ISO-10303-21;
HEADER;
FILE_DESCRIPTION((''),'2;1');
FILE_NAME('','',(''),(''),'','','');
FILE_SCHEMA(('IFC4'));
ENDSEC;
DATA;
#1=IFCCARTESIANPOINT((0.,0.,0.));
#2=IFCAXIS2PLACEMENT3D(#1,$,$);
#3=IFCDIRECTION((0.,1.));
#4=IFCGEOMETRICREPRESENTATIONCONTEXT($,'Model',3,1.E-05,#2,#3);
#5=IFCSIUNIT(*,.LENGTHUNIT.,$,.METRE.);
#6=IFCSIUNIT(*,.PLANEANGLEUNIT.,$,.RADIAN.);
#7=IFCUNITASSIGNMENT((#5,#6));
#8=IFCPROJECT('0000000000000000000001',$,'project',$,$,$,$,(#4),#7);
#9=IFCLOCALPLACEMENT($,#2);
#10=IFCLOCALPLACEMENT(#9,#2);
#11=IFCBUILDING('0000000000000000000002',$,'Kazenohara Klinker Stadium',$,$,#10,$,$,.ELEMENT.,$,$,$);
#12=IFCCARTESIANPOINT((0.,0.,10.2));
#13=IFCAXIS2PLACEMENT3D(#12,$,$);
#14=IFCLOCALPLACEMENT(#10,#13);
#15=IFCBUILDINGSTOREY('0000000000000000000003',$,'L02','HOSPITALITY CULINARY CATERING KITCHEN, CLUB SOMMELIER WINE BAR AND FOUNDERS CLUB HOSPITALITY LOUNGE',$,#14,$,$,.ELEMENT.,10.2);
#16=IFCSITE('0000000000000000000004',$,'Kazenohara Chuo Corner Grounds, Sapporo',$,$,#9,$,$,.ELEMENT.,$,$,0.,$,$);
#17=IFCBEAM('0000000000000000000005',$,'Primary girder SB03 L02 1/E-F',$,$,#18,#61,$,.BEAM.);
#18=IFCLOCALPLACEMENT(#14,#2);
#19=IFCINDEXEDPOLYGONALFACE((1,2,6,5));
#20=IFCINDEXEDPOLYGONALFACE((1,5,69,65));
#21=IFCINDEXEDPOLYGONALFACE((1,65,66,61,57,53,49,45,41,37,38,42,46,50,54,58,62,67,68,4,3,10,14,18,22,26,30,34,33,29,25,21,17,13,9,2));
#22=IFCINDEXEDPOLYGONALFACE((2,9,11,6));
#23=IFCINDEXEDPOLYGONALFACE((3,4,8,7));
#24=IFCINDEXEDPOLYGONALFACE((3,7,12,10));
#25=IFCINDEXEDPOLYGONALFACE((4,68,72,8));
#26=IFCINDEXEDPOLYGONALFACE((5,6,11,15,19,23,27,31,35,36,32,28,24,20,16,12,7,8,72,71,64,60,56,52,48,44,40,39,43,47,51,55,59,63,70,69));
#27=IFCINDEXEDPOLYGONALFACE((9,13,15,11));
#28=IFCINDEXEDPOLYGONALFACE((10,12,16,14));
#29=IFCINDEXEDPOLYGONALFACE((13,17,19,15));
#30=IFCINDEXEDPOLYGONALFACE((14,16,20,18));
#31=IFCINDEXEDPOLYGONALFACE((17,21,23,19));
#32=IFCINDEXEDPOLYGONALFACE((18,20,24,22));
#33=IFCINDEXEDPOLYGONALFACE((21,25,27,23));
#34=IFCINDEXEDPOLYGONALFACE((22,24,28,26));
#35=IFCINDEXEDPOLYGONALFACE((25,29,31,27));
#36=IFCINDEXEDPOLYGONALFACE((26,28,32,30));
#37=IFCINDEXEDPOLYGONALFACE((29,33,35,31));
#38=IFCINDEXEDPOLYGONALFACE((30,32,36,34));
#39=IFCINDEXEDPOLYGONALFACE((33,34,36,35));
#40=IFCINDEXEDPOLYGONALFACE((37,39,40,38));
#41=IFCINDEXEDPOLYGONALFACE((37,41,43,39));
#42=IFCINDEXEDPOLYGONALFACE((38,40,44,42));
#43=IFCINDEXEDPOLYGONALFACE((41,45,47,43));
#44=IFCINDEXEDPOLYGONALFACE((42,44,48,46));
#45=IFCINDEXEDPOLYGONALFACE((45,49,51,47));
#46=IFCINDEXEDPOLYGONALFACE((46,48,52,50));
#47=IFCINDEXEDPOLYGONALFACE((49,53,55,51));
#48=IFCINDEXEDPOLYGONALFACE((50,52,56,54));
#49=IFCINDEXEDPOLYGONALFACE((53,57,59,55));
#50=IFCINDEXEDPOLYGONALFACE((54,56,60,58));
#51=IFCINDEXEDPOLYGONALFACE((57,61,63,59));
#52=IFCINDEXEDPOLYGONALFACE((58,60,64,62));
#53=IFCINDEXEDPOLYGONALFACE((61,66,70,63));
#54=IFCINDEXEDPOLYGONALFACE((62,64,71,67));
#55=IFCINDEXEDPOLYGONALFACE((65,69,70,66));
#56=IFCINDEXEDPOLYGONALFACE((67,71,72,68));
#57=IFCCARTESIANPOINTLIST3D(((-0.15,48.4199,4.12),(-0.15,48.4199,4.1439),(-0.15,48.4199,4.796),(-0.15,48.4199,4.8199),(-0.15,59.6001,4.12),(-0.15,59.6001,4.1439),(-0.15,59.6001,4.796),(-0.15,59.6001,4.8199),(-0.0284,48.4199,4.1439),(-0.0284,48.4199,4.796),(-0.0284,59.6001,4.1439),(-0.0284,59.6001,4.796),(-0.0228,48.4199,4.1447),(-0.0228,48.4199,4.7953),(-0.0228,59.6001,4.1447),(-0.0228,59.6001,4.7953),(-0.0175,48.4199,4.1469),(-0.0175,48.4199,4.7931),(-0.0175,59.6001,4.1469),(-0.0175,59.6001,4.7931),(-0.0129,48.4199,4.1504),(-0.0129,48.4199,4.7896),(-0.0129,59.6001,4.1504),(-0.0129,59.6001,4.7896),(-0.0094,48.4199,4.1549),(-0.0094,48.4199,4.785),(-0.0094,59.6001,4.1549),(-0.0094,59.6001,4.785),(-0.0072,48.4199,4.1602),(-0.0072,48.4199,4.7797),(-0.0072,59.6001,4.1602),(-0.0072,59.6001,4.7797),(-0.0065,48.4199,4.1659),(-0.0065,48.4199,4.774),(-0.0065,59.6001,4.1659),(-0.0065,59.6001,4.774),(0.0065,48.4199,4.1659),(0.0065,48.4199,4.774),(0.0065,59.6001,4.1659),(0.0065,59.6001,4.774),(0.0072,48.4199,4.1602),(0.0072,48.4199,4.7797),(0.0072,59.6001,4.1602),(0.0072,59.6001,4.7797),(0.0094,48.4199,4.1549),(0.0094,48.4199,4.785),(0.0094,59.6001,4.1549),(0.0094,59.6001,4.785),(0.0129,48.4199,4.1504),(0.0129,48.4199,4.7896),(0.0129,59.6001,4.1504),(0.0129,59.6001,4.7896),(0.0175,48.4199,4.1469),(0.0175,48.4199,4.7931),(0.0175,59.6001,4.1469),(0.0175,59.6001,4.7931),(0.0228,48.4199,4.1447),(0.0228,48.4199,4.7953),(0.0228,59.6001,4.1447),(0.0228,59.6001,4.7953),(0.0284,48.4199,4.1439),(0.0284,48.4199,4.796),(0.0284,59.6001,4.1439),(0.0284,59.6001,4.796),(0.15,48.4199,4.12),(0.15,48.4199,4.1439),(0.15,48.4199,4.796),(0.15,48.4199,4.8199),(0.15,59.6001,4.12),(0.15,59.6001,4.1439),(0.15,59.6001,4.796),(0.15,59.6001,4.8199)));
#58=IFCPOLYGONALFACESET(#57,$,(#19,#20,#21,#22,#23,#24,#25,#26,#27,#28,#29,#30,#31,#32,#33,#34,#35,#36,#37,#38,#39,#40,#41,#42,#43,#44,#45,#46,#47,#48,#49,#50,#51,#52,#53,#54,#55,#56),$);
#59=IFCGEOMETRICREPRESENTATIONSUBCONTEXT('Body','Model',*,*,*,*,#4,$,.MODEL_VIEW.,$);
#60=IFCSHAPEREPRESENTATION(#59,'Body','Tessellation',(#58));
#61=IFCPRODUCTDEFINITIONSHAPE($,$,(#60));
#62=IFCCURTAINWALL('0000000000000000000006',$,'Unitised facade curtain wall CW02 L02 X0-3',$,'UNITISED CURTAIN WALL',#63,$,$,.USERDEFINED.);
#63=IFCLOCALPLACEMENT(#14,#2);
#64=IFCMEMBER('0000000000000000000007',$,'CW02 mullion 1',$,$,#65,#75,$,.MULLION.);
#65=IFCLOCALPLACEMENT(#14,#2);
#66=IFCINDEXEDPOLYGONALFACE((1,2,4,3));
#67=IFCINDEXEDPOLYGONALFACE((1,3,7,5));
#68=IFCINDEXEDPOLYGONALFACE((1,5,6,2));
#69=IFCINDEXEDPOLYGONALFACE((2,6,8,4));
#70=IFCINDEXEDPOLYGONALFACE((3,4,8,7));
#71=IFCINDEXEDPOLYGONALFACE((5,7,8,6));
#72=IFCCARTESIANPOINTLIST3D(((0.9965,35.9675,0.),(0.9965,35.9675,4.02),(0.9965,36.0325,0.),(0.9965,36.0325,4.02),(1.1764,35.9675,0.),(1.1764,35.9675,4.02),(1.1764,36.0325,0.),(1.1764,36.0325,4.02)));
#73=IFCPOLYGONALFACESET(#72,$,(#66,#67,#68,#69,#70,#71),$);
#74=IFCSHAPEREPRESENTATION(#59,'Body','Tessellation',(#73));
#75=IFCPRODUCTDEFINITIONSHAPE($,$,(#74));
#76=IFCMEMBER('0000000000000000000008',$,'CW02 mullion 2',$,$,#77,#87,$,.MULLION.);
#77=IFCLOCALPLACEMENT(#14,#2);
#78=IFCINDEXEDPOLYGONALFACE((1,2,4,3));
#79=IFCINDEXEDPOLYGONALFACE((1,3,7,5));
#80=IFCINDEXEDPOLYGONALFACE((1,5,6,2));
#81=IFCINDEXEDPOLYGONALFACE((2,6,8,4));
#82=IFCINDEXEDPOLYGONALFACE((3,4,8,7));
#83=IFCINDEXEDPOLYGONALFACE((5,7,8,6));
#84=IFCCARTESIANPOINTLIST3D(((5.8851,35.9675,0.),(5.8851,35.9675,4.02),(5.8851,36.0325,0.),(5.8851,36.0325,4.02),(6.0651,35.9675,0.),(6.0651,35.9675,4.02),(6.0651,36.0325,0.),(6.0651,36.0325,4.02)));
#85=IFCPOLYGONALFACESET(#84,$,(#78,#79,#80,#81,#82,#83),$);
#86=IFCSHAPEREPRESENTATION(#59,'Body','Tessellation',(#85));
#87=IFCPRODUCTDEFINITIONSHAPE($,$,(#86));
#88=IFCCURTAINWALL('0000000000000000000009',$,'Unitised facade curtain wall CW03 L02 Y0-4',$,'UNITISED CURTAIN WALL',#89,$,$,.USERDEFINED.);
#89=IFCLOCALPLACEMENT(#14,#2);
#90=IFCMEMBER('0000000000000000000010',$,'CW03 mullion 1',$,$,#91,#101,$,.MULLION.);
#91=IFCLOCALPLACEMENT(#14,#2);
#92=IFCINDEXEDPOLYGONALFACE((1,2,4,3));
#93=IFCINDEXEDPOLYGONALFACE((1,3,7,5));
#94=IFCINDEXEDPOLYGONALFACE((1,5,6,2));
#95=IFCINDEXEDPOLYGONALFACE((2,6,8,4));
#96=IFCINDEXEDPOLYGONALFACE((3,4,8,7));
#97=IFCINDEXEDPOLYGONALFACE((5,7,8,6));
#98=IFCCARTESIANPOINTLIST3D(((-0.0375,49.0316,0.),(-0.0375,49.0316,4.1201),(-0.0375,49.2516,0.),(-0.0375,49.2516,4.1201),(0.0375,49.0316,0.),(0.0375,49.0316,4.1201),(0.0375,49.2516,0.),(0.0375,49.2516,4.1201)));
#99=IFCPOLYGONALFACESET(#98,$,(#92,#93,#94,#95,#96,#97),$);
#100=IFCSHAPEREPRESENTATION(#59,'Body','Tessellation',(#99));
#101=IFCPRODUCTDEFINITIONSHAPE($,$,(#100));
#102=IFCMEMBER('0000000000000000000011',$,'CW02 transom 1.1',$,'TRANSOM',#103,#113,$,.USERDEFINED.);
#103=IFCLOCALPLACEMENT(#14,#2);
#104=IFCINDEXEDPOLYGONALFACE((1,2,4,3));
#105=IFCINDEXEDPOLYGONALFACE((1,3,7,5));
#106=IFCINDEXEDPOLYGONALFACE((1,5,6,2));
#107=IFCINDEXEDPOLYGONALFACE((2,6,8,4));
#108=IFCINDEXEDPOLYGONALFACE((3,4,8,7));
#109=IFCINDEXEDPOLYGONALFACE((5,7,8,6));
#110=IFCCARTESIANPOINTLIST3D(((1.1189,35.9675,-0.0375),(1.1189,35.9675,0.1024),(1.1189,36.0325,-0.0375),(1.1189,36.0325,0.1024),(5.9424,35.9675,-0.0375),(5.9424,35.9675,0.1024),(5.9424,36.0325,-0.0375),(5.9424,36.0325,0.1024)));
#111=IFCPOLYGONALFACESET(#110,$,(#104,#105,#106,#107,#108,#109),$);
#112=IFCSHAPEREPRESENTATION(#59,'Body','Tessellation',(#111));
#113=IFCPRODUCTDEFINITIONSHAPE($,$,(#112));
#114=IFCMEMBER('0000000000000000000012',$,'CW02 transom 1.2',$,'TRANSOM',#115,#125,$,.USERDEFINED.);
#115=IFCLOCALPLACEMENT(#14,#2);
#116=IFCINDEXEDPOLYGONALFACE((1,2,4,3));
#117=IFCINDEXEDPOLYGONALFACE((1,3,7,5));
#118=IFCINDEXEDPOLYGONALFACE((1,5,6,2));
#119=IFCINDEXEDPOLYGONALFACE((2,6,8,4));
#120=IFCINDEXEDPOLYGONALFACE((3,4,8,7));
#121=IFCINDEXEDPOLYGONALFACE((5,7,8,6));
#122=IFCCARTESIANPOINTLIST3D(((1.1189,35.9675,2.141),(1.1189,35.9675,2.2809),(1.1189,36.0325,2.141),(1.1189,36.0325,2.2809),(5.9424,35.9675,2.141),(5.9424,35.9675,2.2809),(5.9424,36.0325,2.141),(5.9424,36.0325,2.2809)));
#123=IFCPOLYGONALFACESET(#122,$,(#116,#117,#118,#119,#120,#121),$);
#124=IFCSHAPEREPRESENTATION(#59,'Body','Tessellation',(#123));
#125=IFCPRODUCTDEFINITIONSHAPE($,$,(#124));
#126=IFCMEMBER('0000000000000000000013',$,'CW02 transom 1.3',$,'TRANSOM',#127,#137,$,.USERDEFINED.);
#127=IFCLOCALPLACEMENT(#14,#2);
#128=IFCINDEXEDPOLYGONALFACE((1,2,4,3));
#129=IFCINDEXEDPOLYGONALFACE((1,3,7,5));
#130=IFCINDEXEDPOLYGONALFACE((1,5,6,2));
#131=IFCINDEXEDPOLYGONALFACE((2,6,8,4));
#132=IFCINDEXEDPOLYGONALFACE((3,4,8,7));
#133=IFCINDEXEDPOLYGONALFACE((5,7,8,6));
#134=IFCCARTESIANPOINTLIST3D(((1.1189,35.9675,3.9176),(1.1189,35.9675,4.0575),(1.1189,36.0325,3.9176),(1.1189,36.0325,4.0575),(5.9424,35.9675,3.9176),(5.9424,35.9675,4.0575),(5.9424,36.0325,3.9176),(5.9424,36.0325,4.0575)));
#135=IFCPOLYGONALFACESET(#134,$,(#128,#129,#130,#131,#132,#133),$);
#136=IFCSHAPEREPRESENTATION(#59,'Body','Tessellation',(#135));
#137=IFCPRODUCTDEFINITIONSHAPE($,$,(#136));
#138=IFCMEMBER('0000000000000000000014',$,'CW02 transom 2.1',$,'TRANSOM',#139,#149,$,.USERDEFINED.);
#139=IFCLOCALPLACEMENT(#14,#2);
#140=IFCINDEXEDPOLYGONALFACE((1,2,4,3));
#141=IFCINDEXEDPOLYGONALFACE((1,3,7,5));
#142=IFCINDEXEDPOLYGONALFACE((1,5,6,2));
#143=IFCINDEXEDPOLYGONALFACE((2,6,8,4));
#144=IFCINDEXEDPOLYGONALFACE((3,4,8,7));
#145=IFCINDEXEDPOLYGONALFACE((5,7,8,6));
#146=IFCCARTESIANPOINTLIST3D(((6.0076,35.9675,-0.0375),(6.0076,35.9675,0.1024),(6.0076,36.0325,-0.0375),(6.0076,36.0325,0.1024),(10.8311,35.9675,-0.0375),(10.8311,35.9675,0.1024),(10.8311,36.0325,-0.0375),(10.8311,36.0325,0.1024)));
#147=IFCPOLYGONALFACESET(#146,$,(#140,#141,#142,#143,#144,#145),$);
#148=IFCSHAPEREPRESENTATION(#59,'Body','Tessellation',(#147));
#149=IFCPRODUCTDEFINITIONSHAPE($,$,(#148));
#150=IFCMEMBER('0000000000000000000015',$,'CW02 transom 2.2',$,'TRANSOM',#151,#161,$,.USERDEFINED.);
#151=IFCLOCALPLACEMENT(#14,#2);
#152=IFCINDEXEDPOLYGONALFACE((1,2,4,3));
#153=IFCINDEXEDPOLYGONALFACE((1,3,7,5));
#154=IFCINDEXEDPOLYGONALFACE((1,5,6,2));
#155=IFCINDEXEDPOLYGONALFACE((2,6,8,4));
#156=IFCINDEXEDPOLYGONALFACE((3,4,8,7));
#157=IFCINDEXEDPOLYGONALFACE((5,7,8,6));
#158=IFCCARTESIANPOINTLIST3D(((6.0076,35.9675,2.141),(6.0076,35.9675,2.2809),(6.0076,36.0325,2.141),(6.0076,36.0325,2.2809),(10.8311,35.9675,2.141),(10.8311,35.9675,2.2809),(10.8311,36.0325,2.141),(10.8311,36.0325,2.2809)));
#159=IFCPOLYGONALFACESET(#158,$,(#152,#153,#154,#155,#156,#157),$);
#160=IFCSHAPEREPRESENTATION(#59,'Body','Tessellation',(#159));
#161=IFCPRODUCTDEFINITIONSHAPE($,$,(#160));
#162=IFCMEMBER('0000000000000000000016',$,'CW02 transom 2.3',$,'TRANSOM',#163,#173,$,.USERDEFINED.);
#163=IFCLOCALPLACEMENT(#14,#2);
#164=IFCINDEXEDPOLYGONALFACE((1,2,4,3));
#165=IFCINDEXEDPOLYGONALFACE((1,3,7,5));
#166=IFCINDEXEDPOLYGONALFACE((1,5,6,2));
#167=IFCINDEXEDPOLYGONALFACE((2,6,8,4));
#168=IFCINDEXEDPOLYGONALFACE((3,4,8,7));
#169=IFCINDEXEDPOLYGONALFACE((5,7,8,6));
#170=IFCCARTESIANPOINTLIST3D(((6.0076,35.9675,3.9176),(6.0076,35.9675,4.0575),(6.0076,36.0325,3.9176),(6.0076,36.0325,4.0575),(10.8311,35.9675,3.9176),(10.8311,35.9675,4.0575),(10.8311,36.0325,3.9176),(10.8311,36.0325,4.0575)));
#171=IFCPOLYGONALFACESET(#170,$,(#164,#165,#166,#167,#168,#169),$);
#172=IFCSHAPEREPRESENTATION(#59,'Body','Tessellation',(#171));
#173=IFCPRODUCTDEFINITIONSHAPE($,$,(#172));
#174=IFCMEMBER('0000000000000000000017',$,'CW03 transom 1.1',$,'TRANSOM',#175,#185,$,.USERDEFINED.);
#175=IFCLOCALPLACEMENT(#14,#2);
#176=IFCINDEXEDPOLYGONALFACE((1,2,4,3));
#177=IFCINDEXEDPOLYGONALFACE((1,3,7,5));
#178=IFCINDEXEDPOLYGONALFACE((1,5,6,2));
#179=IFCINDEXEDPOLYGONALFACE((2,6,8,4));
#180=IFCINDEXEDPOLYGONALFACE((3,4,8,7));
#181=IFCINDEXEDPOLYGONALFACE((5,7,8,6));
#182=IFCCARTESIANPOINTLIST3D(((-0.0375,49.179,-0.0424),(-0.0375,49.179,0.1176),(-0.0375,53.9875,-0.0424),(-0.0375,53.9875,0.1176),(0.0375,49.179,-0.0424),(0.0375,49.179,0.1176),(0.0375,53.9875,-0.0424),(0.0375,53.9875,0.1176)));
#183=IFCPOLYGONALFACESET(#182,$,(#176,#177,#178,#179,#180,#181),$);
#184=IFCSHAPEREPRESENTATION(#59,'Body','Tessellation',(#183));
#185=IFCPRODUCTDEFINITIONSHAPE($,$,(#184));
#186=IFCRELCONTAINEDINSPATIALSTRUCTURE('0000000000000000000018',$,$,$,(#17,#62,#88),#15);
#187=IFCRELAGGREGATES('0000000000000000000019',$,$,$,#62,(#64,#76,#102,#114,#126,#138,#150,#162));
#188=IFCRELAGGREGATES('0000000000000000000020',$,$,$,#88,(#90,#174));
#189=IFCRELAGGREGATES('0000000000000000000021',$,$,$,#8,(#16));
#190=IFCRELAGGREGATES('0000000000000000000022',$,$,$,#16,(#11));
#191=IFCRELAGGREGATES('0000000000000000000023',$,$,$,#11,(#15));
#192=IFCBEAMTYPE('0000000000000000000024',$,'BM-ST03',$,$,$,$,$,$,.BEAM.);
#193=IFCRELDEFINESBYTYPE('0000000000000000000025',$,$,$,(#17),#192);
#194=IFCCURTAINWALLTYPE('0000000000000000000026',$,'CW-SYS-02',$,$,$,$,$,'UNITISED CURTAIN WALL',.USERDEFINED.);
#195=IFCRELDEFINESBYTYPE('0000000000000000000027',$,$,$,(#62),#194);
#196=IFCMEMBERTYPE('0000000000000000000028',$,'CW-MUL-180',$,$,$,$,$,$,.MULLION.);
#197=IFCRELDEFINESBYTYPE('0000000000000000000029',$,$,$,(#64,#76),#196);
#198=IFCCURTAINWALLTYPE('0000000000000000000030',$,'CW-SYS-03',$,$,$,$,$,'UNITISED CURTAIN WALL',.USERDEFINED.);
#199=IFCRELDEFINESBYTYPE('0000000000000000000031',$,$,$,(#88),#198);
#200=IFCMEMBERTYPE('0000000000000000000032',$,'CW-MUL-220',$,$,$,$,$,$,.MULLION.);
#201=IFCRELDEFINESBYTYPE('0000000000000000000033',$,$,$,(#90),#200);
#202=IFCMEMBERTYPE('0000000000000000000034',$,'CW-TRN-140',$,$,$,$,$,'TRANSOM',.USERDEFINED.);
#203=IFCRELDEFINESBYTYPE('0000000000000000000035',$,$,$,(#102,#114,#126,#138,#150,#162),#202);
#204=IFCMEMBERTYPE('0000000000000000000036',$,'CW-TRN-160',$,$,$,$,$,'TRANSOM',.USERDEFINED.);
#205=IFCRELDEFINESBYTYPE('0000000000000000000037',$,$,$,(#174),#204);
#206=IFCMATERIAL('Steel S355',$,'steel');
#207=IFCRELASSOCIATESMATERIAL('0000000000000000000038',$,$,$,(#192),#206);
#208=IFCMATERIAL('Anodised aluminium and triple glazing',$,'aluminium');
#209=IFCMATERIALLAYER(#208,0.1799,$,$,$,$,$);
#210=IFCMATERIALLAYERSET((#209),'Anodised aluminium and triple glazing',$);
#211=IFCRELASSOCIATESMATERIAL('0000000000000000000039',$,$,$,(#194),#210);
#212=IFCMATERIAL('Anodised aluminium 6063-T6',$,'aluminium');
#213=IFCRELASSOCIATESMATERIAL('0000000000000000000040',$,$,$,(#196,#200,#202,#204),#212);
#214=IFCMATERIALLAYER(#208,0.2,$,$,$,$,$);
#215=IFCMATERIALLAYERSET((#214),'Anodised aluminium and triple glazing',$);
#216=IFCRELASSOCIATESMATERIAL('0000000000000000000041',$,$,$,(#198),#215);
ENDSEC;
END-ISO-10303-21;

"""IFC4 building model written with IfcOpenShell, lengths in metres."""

from ifc_helpers import new_model, si_unit, direction, frame, origin, origin_2d, place, context, subcontext, project, spatial, rectangle, i_section, extrude, material, layer, layer_set, material_profile, profile_set, type_object, element, aggregate, save


model = new_model("IFC4")

# Units and contexts
model_context = context("Model", 3, precision=1e-05, world=origin(), true_north=direction((0.0, 1.0)))
body_context = subcontext(model_context, "Body", "Model", "MODEL_VIEW")
ifc_project = project(units=[si_unit("LENGTHUNIT", "METRE"), si_unit("PLANEANGLEUNIT", "RADIAN")], contexts=[model_context])

# Site, building, storey
site_placement = place(None, origin())
site = spatial("IfcSite", under=ifc_project, at=site_placement, Name="Kazenohara Chuo Corner Grounds, Sapporo", CompositionType="ELEMENT", RefElevation=0.0)
building_placement = place(site_placement, origin())
building = spatial("IfcBuilding", under=site, at=building_placement, Name="Kazenohara Klinker Stadium", CompositionType="ELEMENT")
storey_placement = place(building_placement, frame((0.0, 0.0, 10.2)))
storey = spatial("IfcBuildingStorey", under=building, at=storey_placement, Name="L02", Description="HOSPITALITY CULINARY CATERING KITCHEN, CLUB SOMMELIER WINE BAR AND FOUNDERS CLUB HOSPITALITY LOUNGE", CompositionType="ELEMENT", Elevation=10.2)

# Beam
ifc_material_1 = material(Name="Steel S355", Category="steel")
ifc_material_profile_1 = material_profile(ifc_material_1, i_section(OverallWidth=0.3, OverallDepth=0.7, WebThickness=0.0129, FlangeThickness=0.0239, FilletRadius=0.022, at=origin_2d()), Name="H-700x300x13x24")
ifc_profile_set_1 = profile_set([ifc_material_profile_1], Name="Steel S355")
beam_type_1 = type_object("IfcBeamType", Name="BM-ST03", PredefinedType="BEAM", material=ifc_profile_set_1)
for number, where, z_axis, x_axis, name in (
    (1, (0.0, 48.4199, 4.47), (0.0, 1.0, 0.0), (-1.0, 0.0, 0.0), "Primary girder SB03 L02 1/E-F"),
):
    element("IfcBeam", number, at=place(storey_placement, frame(where, z_axis=z_axis, x_axis=x_axis)), inside=storey, type_object=beam_type_1, Name=name, PredefinedType="BEAM", context=body_context, shape_type="SweptSolid", body=[
        extrude(i_section(OverallWidth=0.3, OverallDepth=0.7, WebThickness=0.0129, FlangeThickness=0.0239, FilletRadius=0.022, at=origin_2d()), origin(), (0.0, 0.0, 1.0), 11.1802),
    ])

# Curtain wall, members
ifc_material_2 = material(Name="Anodised aluminium and triple glazing", Category="aluminium")
ifc_layer_1 = layer(ifc_material_2, 0.1799)
ifc_layer_set_1 = layer_set([ifc_layer_1], Name="Anodised aluminium and triple glazing")
curtain_wall_type_1 = type_object("IfcCurtainWallType", Name="CW-SYS-02", ElementType="UNITISED CURTAIN WALL", PredefinedType="USERDEFINED", material=ifc_layer_set_1)
curtain_wall_1_placement = place(storey_placement, origin())
curtain_wall_1 = element("IfcCurtainWall", 2, at=curtain_wall_1_placement, inside=storey, type_object=curtain_wall_type_1, Name="Unitised facade curtain wall CW02 L02 X0-3", ObjectType="UNITISED CURTAIN WALL", PredefinedType="USERDEFINED")
ifc_material_3 = material(Name="Anodised aluminium 6063-T6", Category="aluminium")
ifc_material_profile_2 = material_profile(ifc_material_3, rectangle(XDim=0.0649, YDim=0.1799, at=origin_2d()), Name="ALU-MUL-65x180")
ifc_profile_set_2 = profile_set([ifc_material_profile_2], Name="Anodised aluminium 6063-T6")
member_type_1 = type_object("IfcMemberType", Name="CW-MUL-180", PredefinedType="MULLION", material=ifc_profile_set_2)
member_1_placement = place(storey_placement, frame((1.0864, 36.0, 0.0), z_axis=(0.0, 0.0, 1.0), x_axis=(0.0, 1.0, 0.0)))
member_1 = element("IfcMember", 3, at=member_1_placement, type_object=member_type_1, Name="CW02 mullion 1", PredefinedType="MULLION", context=body_context, shape_type="SweptSolid", body=[
    extrude(rectangle(XDim=0.0649, YDim=0.1799, at=origin_2d()), origin(), (0.0, 0.0, 1.0), 4.02),
])
member_2_placement = place(storey_placement, frame((5.9751, 36.0, 0.0), z_axis=(0.0, 0.0, 1.0), x_axis=(0.0, 1.0, 0.0)))
member_2 = element("IfcMember", 4, at=member_2_placement, type_object=member_type_1, Name="CW02 mullion 2", PredefinedType="MULLION", context=body_context, shape_type="SweptSolid", body=[
    extrude(rectangle(XDim=0.0649, YDim=0.1799, at=origin_2d()), origin(), (0.0, 0.0, 1.0), 4.02),
])

# Curtain wall, member
ifc_layer_2 = layer(ifc_material_2, 0.2)
ifc_layer_set_2 = layer_set([ifc_layer_2], Name="Anodised aluminium and triple glazing")
curtain_wall_type_2 = type_object("IfcCurtainWallType", Name="CW-SYS-03", ElementType="UNITISED CURTAIN WALL", PredefinedType="USERDEFINED", material=ifc_layer_set_2)
curtain_wall_2_placement = place(storey_placement, origin())
curtain_wall_2 = element("IfcCurtainWall", 5, at=curtain_wall_2_placement, inside=storey, type_object=curtain_wall_type_2, Name="Unitised facade curtain wall CW03 L02 Y0-4", ObjectType="UNITISED CURTAIN WALL", PredefinedType="USERDEFINED")
ifc_material_profile_3 = material_profile(ifc_material_3, rectangle(XDim=0.075, YDim=0.22, at=origin_2d()), Name="ALU-MUL-75x220")
ifc_profile_set_3 = profile_set([ifc_material_profile_3], Name="Anodised aluminium 6063-T6")
member_type_2 = type_object("IfcMemberType", Name="CW-MUL-220", PredefinedType="MULLION", material=ifc_profile_set_3)
member_3_placement = place(storey_placement, frame((0.0, 49.1416, 0.0), z_axis=(0.0, 0.0, 1.0), x_axis=(-1.0, 0.0, 0.0)))
member_3 = element("IfcMember", 6, at=member_3_placement, type_object=member_type_2, Name="CW03 mullion 1", PredefinedType="MULLION", context=body_context, shape_type="SweptSolid", body=[
    extrude(rectangle(XDim=0.075, YDim=0.22, at=origin_2d()), origin(), (0.0, 0.0, 1.0), 4.1201),
])

# Members
ifc_material_profile_4 = material_profile(ifc_material_3, rectangle(XDim=0.0649, YDim=0.1399, at=origin_2d()), Name="ALU-TRN-65x140")
ifc_profile_set_4 = profile_set([ifc_material_profile_4], Name="Anodised aluminium 6063-T6")
member_type_3 = type_object("IfcMemberType", Name="CW-TRN-140", ElementType="TRANSOM", PredefinedType="USERDEFINED", material=ifc_profile_set_4)
member_4_placement = place(storey_placement, frame((1.1189, 36.0, 0.0325), z_axis=(1.0, 0.0, 0.0), x_axis=(0.0, 1.0, 0.0)))
member_4 = element("IfcMember", 7, at=member_4_placement, type_object=member_type_3, Name="CW02 transom 1.1", ObjectType="TRANSOM", PredefinedType="USERDEFINED", context=body_context, shape_type="SweptSolid", body=[
    extrude(rectangle(XDim=0.0649, YDim=0.1399, at=origin_2d()), origin(), (0.0, 0.0, 1.0), 4.8235),
])
member_5_placement = place(storey_placement, frame((1.1189, 36.0, 2.2109), z_axis=(1.0, 0.0, 0.0), x_axis=(0.0, 1.0, 0.0)))
member_5 = element("IfcMember", 8, at=member_5_placement, type_object=member_type_3, Name="CW02 transom 1.2", ObjectType="TRANSOM", PredefinedType="USERDEFINED", context=body_context, shape_type="SweptSolid", body=[
    extrude(rectangle(XDim=0.0649, YDim=0.1399, at=origin_2d()), origin(), (0.0, 0.0, 1.0), 4.8235),
])
member_6_placement = place(storey_placement, frame((1.1189, 36.0, 3.9875), z_axis=(1.0, 0.0, 0.0), x_axis=(0.0, 1.0, 0.0)))
member_6 = element("IfcMember", 9, at=member_6_placement, type_object=member_type_3, Name="CW02 transom 1.3", ObjectType="TRANSOM", PredefinedType="USERDEFINED", context=body_context, shape_type="SweptSolid", body=[
    extrude(rectangle(XDim=0.0649, YDim=0.1399, at=origin_2d()), origin(), (0.0, 0.0, 1.0), 4.8235),
])
member_7_placement = place(storey_placement, frame((6.0076, 36.0, 0.0325), z_axis=(1.0, 0.0, 0.0), x_axis=(0.0, 1.0, 0.0)))
member_7 = element("IfcMember", 10, at=member_7_placement, type_object=member_type_3, Name="CW02 transom 2.1", ObjectType="TRANSOM", PredefinedType="USERDEFINED", context=body_context, shape_type="SweptSolid", body=[
    extrude(rectangle(XDim=0.0649, YDim=0.1399, at=origin_2d()), origin(), (0.0, 0.0, 1.0), 4.8235),
])
member_8_placement = place(storey_placement, frame((6.0076, 36.0, 2.2109), z_axis=(1.0, 0.0, 0.0), x_axis=(0.0, 1.0, 0.0)))
member_8 = element("IfcMember", 11, at=member_8_placement, type_object=member_type_3, Name="CW02 transom 2.2", ObjectType="TRANSOM", PredefinedType="USERDEFINED", context=body_context, shape_type="SweptSolid", body=[
    extrude(rectangle(XDim=0.0649, YDim=0.1399, at=origin_2d()), origin(), (0.0, 0.0, 1.0), 4.8235),
])
member_9_placement = place(storey_placement, frame((6.0076, 36.0, 3.9875), z_axis=(1.0, 0.0, 0.0), x_axis=(0.0, 1.0, 0.0)))
member_9 = element("IfcMember", 12, at=member_9_placement, type_object=member_type_3, Name="CW02 transom 2.3", ObjectType="TRANSOM", PredefinedType="USERDEFINED", context=body_context, shape_type="SweptSolid", body=[
    extrude(rectangle(XDim=0.0649, YDim=0.1399, at=origin_2d()), origin(), (0.0, 0.0, 1.0), 4.8235),
])
ifc_material_profile_5 = material_profile(ifc_material_3, rectangle(XDim=0.075, YDim=0.1599, at=origin_2d()), Name="ALU-TRN-75x160")
ifc_profile_set_5 = profile_set([ifc_material_profile_5], Name="Anodised aluminium 6063-T6")
member_type_4 = type_object("IfcMemberType", Name="CW-TRN-160", ElementType="TRANSOM", PredefinedType="USERDEFINED", material=ifc_profile_set_5)
member_10_placement = place(storey_placement, frame((0.0, 49.179, 0.0376), z_axis=(0.0, 1.0, 0.0), x_axis=(-1.0, 0.0, 0.0)))
member_10 = element("IfcMember", 13, at=member_10_placement, type_object=member_type_4, Name="CW03 transom 1.1", ObjectType="TRANSOM", PredefinedType="USERDEFINED", context=body_context, shape_type="SweptSolid", body=[
    extrude(rectangle(XDim=0.075, YDim=0.1599, at=origin_2d()), origin(), (0.0, 0.0, 1.0), 4.8086),
])

aggregate(curtain_wall_1, [member_1, member_2, member_4, member_5, member_6, member_7, member_8, member_9])
aggregate(curtain_wall_2, [member_3, member_10])

save(model, "model.ifc")
